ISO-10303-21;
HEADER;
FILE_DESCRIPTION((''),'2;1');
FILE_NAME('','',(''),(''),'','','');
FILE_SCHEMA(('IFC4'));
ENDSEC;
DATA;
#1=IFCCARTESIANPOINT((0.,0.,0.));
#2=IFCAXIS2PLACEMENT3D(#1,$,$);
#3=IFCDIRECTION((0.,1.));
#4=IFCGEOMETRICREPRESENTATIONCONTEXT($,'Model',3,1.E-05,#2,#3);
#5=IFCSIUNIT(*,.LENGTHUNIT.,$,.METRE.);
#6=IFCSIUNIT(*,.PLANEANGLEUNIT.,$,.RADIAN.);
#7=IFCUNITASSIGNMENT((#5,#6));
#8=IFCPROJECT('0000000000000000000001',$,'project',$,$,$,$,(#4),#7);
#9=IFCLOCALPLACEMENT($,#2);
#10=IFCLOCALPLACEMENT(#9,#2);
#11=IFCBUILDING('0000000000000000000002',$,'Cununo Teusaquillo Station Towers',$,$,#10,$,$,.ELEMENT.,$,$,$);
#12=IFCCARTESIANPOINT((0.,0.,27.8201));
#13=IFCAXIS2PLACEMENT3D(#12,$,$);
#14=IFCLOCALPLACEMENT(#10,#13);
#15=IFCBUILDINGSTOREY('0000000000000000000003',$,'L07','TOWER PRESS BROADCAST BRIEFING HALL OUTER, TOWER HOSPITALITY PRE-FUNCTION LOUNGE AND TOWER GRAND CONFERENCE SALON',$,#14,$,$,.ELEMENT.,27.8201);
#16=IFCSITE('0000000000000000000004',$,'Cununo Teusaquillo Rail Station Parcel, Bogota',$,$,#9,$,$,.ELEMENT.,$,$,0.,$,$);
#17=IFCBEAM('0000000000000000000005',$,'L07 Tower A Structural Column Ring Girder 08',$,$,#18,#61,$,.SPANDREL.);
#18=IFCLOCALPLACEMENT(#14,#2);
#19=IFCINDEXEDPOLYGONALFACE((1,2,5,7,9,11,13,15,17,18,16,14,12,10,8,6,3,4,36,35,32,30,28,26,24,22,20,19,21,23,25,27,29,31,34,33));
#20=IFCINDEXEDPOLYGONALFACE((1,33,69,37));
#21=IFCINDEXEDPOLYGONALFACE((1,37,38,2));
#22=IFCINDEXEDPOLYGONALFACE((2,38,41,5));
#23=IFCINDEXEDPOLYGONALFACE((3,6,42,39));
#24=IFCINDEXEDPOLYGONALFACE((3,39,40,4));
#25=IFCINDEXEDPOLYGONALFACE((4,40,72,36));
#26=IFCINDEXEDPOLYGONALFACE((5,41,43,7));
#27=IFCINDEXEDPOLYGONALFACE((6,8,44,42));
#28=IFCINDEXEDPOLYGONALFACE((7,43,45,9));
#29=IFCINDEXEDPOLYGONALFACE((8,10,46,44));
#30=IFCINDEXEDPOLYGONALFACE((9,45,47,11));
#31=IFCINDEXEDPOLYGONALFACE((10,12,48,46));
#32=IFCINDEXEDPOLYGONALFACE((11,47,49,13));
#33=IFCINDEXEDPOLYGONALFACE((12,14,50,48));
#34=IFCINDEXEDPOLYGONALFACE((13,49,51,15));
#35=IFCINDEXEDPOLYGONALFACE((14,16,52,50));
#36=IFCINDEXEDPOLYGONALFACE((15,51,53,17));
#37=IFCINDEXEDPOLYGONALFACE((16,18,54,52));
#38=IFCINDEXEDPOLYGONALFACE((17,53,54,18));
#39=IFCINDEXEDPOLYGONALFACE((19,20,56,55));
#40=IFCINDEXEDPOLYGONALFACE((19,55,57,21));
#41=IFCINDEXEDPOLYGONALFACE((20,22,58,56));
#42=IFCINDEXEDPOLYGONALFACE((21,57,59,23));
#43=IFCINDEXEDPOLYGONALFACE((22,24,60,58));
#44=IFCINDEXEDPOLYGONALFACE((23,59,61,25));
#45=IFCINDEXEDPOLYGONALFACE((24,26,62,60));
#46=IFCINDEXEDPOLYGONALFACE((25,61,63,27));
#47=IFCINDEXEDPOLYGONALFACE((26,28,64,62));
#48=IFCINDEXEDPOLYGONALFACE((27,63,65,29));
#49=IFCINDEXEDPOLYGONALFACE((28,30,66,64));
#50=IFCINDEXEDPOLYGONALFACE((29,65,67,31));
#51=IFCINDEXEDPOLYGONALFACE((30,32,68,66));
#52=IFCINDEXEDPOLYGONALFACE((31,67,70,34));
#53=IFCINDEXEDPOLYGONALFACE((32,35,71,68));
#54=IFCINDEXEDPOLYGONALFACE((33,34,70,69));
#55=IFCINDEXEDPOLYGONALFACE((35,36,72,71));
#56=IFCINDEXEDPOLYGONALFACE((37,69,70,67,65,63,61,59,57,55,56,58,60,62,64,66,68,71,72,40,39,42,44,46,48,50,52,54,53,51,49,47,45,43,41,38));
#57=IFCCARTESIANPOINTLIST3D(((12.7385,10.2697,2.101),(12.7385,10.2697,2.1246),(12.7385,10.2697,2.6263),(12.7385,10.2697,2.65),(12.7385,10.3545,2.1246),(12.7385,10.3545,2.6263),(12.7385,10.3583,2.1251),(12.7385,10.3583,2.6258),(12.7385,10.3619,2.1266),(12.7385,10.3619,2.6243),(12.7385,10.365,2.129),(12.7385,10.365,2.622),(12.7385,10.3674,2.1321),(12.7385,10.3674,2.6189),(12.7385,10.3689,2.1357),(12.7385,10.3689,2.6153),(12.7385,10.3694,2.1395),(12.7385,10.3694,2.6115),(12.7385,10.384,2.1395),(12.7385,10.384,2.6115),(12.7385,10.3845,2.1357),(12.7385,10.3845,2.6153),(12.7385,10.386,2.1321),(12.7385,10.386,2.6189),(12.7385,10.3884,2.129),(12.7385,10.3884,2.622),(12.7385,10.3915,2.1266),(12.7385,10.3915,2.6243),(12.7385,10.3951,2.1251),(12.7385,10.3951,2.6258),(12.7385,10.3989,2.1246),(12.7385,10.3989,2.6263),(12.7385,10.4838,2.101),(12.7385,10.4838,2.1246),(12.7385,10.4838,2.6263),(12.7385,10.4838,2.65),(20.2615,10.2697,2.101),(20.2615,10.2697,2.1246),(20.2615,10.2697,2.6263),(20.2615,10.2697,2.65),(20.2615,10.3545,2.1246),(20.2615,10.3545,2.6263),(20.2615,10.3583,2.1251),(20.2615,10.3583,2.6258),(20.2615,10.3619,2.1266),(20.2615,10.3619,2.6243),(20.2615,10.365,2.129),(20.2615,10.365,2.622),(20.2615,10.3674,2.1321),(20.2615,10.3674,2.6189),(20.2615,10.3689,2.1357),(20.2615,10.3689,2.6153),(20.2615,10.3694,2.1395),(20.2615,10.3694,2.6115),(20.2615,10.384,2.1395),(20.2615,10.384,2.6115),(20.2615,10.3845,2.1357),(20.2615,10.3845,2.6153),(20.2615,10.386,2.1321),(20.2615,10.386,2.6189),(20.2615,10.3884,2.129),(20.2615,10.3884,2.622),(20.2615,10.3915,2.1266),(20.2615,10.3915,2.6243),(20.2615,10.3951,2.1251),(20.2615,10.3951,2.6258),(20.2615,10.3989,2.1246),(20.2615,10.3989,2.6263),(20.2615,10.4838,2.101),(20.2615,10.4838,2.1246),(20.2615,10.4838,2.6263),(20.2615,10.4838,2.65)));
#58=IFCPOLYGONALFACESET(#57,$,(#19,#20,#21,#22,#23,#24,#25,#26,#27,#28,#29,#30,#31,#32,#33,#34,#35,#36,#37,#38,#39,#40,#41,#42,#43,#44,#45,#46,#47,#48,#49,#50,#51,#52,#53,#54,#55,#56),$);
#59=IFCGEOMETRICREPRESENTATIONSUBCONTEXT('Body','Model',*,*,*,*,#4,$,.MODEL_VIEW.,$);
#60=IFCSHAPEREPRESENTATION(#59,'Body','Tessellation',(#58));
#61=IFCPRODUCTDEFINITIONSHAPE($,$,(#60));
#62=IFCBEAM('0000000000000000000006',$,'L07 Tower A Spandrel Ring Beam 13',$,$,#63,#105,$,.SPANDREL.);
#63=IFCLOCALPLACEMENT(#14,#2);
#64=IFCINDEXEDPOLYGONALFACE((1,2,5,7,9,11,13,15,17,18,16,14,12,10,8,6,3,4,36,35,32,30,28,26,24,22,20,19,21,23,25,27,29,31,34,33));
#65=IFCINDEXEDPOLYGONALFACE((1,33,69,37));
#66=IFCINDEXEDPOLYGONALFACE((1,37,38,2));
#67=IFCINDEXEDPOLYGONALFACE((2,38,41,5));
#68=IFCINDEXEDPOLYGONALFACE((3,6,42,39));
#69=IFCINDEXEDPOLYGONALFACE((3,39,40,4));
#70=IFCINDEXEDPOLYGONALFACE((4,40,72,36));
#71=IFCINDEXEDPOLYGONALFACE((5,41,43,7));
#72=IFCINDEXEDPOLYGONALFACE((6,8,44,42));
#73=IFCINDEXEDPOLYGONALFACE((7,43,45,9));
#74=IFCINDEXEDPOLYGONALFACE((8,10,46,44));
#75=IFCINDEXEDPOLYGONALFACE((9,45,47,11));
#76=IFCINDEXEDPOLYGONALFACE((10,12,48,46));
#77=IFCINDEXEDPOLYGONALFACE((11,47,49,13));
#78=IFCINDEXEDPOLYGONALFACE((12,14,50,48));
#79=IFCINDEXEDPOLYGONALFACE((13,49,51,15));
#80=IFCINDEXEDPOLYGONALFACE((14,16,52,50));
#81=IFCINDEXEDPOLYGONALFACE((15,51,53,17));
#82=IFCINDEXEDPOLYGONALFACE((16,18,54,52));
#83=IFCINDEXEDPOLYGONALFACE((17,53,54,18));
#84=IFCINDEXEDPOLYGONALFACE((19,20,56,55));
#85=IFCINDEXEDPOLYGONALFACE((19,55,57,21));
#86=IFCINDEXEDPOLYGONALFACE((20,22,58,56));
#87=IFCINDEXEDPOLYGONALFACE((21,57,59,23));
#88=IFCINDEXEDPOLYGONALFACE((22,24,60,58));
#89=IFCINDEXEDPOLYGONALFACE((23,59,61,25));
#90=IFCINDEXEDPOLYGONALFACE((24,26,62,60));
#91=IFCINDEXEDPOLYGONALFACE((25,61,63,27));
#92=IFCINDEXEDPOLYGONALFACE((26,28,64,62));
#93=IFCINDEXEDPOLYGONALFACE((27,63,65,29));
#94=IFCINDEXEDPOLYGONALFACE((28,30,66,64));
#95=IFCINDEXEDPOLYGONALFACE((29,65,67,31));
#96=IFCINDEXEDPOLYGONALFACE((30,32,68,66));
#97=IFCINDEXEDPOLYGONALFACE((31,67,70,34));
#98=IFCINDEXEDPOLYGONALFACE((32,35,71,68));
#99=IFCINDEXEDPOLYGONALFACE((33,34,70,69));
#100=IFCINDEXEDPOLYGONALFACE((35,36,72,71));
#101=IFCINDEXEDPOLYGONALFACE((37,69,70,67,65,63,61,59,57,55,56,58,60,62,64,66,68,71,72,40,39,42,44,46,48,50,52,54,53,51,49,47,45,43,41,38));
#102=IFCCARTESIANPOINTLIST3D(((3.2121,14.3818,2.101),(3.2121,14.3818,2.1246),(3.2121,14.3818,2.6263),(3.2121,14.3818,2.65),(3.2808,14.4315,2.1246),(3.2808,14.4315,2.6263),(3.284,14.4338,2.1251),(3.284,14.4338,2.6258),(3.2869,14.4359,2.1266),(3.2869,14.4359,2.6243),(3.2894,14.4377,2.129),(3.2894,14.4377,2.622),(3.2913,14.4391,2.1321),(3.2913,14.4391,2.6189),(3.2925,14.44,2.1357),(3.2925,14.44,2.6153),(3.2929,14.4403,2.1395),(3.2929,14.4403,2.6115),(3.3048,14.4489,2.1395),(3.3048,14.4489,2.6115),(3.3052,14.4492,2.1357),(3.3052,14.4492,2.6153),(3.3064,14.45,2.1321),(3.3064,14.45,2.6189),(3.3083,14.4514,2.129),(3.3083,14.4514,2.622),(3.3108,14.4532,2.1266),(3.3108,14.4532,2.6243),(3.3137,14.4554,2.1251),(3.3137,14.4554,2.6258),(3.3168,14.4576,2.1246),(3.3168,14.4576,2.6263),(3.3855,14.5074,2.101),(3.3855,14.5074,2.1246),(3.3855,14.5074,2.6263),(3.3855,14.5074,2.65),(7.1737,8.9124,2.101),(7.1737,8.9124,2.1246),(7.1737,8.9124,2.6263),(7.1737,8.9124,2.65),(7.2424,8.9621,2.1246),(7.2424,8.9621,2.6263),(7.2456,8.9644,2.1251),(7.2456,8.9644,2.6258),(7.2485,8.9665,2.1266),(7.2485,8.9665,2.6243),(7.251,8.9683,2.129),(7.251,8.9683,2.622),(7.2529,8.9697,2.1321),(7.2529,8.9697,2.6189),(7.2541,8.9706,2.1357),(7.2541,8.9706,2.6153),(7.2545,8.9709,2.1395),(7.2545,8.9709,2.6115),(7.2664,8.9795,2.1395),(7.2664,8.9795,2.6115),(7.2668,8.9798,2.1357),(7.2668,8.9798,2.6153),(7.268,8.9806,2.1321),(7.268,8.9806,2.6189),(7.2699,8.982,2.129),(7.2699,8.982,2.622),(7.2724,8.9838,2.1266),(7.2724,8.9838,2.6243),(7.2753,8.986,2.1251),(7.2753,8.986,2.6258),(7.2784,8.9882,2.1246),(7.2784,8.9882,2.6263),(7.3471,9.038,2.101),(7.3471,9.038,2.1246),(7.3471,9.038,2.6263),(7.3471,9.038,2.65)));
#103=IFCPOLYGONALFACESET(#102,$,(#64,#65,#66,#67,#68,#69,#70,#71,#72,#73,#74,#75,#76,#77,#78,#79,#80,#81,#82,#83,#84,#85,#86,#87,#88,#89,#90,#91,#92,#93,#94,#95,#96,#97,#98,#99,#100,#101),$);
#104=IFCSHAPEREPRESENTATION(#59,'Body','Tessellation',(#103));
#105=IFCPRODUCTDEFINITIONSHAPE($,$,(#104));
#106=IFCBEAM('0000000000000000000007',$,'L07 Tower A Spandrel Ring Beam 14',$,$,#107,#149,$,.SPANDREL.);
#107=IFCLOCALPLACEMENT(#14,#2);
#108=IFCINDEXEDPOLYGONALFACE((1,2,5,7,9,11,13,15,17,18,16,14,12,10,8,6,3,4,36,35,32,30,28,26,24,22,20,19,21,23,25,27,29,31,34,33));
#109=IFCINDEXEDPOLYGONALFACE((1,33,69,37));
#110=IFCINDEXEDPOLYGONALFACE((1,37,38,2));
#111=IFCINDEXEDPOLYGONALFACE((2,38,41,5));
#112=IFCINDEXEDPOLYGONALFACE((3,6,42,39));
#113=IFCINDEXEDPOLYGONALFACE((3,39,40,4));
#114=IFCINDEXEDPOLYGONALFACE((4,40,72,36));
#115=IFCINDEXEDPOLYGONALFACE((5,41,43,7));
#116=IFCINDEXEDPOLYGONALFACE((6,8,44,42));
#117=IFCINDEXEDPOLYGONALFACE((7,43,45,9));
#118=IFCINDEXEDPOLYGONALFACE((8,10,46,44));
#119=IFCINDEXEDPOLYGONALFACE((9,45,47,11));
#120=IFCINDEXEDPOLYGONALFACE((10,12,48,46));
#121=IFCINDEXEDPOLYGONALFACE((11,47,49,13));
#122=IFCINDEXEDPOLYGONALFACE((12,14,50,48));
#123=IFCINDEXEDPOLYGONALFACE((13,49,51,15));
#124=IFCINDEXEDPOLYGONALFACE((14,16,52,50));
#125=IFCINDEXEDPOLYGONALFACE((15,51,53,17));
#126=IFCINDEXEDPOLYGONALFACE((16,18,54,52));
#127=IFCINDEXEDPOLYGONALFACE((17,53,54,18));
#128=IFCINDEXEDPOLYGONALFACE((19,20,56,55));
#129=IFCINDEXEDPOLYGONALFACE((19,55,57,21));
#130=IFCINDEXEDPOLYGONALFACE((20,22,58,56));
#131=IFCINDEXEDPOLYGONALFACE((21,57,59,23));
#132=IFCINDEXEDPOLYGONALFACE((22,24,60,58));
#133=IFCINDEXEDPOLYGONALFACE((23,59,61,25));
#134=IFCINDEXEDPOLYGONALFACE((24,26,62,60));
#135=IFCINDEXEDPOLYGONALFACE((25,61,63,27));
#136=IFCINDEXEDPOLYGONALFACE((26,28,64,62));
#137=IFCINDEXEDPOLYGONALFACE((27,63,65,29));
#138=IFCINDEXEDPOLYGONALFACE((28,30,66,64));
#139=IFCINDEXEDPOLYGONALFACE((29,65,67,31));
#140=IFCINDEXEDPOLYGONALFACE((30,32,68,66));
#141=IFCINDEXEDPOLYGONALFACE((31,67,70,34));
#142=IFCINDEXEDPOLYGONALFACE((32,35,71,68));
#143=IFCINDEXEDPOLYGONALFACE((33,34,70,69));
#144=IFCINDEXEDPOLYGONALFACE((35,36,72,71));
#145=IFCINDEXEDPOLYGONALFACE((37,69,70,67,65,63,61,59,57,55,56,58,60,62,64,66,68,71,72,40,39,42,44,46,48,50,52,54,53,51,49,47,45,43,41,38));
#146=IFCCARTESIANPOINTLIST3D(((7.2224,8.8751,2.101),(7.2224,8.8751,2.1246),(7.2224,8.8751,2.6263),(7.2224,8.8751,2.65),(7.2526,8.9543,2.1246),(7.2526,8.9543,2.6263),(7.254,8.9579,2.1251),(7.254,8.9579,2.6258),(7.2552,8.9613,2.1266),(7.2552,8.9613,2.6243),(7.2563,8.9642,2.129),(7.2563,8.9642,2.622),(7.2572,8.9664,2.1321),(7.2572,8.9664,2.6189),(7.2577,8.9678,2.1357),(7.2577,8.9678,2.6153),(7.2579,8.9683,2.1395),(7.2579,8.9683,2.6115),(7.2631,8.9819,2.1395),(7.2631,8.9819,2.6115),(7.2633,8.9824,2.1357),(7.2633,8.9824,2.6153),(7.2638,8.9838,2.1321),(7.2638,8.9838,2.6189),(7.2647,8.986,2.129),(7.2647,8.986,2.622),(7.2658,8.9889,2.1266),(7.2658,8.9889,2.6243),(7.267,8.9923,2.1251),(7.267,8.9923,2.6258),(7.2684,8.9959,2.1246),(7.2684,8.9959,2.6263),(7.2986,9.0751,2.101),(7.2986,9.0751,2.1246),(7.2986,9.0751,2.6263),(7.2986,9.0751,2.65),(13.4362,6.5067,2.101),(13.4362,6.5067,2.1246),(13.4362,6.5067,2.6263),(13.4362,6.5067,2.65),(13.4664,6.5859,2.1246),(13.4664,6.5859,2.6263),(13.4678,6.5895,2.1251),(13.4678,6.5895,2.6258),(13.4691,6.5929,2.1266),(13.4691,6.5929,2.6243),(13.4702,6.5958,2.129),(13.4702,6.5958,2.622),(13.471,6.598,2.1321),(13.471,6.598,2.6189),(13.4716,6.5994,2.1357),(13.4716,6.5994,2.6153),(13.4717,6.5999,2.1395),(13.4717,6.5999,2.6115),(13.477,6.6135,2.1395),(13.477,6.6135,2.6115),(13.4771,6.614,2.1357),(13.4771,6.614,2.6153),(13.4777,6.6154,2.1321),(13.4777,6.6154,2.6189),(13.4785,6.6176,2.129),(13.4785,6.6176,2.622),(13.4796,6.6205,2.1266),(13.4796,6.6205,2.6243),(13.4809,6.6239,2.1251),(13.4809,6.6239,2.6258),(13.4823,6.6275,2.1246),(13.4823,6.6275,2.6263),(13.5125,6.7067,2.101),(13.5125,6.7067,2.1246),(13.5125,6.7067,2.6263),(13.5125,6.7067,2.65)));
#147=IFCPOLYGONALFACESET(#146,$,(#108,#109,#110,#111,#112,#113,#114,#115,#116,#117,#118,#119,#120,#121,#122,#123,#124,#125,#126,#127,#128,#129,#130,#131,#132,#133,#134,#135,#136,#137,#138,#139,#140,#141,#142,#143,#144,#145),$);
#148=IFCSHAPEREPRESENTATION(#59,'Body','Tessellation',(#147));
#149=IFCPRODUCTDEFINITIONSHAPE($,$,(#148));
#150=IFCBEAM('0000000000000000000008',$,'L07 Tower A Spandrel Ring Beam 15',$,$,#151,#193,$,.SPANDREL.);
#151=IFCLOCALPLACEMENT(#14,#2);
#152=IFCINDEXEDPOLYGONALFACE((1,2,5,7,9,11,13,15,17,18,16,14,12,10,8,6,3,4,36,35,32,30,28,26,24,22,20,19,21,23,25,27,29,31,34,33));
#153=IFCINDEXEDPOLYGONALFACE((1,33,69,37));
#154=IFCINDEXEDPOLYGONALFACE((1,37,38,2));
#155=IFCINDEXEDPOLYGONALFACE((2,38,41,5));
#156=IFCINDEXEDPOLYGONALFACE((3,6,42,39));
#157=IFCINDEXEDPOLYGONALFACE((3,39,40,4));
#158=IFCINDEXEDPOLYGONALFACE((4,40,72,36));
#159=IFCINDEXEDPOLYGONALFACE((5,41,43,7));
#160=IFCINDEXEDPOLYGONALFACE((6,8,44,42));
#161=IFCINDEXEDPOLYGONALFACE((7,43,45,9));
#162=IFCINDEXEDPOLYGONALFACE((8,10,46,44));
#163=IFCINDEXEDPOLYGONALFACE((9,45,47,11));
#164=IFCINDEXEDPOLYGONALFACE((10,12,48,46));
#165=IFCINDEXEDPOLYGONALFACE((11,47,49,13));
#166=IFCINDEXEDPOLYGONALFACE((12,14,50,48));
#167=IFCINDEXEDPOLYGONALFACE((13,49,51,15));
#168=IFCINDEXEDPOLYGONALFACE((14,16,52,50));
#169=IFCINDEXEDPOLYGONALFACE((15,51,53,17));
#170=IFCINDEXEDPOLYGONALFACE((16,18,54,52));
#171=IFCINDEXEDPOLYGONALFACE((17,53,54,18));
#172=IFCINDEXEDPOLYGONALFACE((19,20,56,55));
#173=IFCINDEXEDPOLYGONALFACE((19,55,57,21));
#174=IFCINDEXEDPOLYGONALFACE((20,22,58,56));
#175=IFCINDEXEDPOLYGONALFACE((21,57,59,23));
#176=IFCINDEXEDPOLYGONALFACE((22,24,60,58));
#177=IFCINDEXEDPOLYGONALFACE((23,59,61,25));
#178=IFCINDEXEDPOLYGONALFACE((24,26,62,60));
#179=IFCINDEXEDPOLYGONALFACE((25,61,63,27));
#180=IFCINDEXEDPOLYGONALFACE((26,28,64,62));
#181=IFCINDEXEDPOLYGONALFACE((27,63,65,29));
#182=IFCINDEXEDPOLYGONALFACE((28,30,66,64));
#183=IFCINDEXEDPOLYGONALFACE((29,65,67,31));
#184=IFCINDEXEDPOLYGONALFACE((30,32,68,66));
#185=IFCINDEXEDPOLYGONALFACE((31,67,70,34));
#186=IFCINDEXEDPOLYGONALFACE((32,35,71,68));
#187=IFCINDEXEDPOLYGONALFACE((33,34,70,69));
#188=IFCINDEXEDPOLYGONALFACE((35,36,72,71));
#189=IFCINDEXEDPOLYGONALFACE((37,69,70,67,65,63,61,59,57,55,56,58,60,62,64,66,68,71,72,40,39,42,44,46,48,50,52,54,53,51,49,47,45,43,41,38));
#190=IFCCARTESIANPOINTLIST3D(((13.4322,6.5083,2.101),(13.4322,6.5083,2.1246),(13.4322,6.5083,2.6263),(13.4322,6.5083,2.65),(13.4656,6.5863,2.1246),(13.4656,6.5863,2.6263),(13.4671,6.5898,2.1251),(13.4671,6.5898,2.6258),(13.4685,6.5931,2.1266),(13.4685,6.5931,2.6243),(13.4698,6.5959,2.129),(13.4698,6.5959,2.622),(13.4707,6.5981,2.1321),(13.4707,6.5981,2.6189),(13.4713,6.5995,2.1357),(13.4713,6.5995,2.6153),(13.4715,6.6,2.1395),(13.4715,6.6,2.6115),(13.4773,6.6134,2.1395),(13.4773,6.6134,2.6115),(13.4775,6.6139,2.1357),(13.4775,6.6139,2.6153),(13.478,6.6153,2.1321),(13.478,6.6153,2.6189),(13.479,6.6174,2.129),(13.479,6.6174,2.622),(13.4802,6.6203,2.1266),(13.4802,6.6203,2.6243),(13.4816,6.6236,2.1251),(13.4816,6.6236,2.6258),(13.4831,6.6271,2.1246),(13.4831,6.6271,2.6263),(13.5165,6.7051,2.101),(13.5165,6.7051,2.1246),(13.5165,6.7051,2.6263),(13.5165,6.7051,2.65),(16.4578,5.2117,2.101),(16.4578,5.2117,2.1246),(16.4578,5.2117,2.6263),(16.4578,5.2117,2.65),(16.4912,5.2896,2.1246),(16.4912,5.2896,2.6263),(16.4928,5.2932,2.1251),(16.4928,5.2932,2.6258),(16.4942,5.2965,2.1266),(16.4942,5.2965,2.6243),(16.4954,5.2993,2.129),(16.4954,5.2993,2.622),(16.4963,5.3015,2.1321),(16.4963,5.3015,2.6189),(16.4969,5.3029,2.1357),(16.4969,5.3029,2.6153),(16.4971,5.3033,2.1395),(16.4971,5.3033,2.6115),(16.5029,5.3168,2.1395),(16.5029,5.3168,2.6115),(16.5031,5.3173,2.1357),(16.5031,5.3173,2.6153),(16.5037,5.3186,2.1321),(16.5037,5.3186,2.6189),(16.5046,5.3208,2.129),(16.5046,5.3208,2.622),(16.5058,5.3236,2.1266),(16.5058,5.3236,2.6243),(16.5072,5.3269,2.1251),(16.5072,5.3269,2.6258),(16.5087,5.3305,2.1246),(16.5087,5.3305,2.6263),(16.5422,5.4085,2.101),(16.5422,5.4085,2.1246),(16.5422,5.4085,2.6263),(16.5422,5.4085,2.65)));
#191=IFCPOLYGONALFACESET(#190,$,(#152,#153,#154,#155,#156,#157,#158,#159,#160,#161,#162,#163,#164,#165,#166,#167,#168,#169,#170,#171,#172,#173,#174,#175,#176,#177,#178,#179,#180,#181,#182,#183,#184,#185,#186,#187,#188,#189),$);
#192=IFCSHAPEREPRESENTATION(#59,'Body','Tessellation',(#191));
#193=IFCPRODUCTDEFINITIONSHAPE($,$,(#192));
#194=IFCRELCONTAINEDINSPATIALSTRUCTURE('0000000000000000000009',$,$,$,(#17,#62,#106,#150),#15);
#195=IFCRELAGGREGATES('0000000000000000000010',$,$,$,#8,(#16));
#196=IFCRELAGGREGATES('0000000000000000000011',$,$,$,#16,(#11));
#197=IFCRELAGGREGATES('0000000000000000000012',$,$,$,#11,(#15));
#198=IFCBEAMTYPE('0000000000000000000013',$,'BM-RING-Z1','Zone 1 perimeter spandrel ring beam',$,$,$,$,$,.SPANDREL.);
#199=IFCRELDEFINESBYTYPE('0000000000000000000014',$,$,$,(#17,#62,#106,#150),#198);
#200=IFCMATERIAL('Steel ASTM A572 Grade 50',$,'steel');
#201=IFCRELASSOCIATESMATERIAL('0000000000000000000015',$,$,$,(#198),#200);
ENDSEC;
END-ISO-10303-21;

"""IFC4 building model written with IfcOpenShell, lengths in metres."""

from ifc_helpers import new_model, si_unit, direction, frame, origin, origin_2d, place, context, subcontext, project, spatial, i_section, extrude, material, material_profile, profile_set, type_object, element, save


model = new_model("IFC4")

# Units and contexts
model_context = context("Model", 3, precision=1e-05, world=origin(), true_north=direction((0.0, 1.0)))
body_context = subcontext(model_context, "Body", "Model", "MODEL_VIEW")
ifc_project = project(units=[si_unit("LENGTHUNIT", "METRE"), si_unit("PLANEANGLEUNIT", "RADIAN")], contexts=[model_context])

# Site, building, storey
site_placement = place(None, origin())
site = spatial("IfcSite", under=ifc_project, at=site_placement, Name="Cununo Teusaquillo Rail Station Parcel, Bogota", CompositionType="ELEMENT", RefElevation=0.0)
building_placement = place(site_placement, origin())
building = spatial("IfcBuilding", under=site, at=building_placement, Name="Cununo Teusaquillo Station Towers", CompositionType="ELEMENT")
storey_placement = place(building_placement, frame((0.0, 0.0, 27.8201)))
storey = spatial("IfcBuildingStorey", under=building, at=storey_placement, Name="L07", Description="TOWER PRESS BROADCAST BRIEFING HALL OUTER, TOWER HOSPITALITY PRE-FUNCTION LOUNGE AND TOWER GRAND CONFERENCE SALON", CompositionType="ELEMENT", Elevation=27.8201)

# Beams
ifc_material_1 = material(Name="Steel ASTM A572 Grade 50", Category="steel")
ifc_material_profile_1 = material_profile(ifc_material_1, i_section(OverallWidth=0.2141, OverallDepth=0.5491, WebThickness=0.0146, FlangeThickness=0.0237, FilletRadius=0.0149, at=origin_2d()), Name="W21X93")
ifc_profile_set_1 = profile_set([ifc_material_profile_1], Name="Steel ASTM A572 Grade 50")
beam_type_1 = type_object("IfcBeamType", Name="BM-RING-Z1", Description="Zone 1 perimeter spandrel ring beam", PredefinedType="SPANDREL", material=ifc_profile_set_1)
beam_1_placement = place(storey_placement, frame((12.7385, 10.3767, 2.3755), z_axis=(1.0, 0.0, 0.0), x_axis=(0.0, 1.0, 0.0)))
element("IfcBeam", 1, at=beam_1_placement, inside=storey, type_object=beam_type_1, Name="L07 Tower A Structural Column Ring Girder 08", PredefinedType="SPANDREL", context=body_context, shape_type="SweptSolid", body=[
    extrude(i_section(OverallWidth=0.2141, OverallDepth=0.5491, WebThickness=0.0146, FlangeThickness=0.0237, FilletRadius=0.0149, at=origin_2d()), origin(), (0.0, 0.0, 1.0), 7.5229),
])
beam_2_placement = place(storey_placement, frame((3.2988, 14.4446, 2.3755), z_axis=(0.586608, -0.809871, 0.0), x_axis=(0.809871, 0.586608, 0.0)))
element("IfcBeam", 2, at=beam_2_placement, inside=storey, type_object=beam_type_1, Name="L07 Tower A Spandrel Ring Beam 13", PredefinedType="SPANDREL", context=body_context, shape_type="SweptSolid", body=[
    extrude(i_section(OverallWidth=0.2141, OverallDepth=0.5491, WebThickness=0.0146, FlangeThickness=0.0237, FilletRadius=0.0149, at=origin_2d()), origin(), (0.0, 0.0, 1.0), 6.7534),
])
beam_3_placement = place(storey_placement, frame((7.2605, 8.9751, 2.3755), z_axis=(0.934427, -0.356156, 0.0), x_axis=(0.356156, 0.934427, 0.0)))
element("IfcBeam", 3, at=beam_3_placement, inside=storey, type_object=beam_type_1, Name="L07 Tower A Spandrel Ring Beam 14", PredefinedType="SPANDREL", context=body_context, shape_type="SweptSolid", body=[
    extrude(i_section(OverallWidth=0.2141, OverallDepth=0.5491, WebThickness=0.0146, FlangeThickness=0.0237, FilletRadius=0.0149, at=origin_2d()), origin(), (0.0, 0.0, 1.0), 6.6499),
])
beam_4_placement = place(storey_placement, frame((13.4744, 6.6067, 2.3755), z_axis=(0.919153, -0.393901, 0.0), x_axis=(0.393901, 0.919153, 0.0)))
element("IfcBeam", 4, at=beam_4_placement, inside=storey, type_object=beam_type_1, Name="L07 Tower A Spandrel Ring Beam 15", PredefinedType="SPANDREL", context=body_context, shape_type="SweptSolid", body=[
    extrude(i_section(OverallWidth=0.2141, OverallDepth=0.5491, WebThickness=0.0146, FlangeThickness=0.0237, FilletRadius=0.0149, at=origin_2d()), origin(), (0.0, 0.0, 1.0), 3.2917),
])

save(model, "model.ifc")
